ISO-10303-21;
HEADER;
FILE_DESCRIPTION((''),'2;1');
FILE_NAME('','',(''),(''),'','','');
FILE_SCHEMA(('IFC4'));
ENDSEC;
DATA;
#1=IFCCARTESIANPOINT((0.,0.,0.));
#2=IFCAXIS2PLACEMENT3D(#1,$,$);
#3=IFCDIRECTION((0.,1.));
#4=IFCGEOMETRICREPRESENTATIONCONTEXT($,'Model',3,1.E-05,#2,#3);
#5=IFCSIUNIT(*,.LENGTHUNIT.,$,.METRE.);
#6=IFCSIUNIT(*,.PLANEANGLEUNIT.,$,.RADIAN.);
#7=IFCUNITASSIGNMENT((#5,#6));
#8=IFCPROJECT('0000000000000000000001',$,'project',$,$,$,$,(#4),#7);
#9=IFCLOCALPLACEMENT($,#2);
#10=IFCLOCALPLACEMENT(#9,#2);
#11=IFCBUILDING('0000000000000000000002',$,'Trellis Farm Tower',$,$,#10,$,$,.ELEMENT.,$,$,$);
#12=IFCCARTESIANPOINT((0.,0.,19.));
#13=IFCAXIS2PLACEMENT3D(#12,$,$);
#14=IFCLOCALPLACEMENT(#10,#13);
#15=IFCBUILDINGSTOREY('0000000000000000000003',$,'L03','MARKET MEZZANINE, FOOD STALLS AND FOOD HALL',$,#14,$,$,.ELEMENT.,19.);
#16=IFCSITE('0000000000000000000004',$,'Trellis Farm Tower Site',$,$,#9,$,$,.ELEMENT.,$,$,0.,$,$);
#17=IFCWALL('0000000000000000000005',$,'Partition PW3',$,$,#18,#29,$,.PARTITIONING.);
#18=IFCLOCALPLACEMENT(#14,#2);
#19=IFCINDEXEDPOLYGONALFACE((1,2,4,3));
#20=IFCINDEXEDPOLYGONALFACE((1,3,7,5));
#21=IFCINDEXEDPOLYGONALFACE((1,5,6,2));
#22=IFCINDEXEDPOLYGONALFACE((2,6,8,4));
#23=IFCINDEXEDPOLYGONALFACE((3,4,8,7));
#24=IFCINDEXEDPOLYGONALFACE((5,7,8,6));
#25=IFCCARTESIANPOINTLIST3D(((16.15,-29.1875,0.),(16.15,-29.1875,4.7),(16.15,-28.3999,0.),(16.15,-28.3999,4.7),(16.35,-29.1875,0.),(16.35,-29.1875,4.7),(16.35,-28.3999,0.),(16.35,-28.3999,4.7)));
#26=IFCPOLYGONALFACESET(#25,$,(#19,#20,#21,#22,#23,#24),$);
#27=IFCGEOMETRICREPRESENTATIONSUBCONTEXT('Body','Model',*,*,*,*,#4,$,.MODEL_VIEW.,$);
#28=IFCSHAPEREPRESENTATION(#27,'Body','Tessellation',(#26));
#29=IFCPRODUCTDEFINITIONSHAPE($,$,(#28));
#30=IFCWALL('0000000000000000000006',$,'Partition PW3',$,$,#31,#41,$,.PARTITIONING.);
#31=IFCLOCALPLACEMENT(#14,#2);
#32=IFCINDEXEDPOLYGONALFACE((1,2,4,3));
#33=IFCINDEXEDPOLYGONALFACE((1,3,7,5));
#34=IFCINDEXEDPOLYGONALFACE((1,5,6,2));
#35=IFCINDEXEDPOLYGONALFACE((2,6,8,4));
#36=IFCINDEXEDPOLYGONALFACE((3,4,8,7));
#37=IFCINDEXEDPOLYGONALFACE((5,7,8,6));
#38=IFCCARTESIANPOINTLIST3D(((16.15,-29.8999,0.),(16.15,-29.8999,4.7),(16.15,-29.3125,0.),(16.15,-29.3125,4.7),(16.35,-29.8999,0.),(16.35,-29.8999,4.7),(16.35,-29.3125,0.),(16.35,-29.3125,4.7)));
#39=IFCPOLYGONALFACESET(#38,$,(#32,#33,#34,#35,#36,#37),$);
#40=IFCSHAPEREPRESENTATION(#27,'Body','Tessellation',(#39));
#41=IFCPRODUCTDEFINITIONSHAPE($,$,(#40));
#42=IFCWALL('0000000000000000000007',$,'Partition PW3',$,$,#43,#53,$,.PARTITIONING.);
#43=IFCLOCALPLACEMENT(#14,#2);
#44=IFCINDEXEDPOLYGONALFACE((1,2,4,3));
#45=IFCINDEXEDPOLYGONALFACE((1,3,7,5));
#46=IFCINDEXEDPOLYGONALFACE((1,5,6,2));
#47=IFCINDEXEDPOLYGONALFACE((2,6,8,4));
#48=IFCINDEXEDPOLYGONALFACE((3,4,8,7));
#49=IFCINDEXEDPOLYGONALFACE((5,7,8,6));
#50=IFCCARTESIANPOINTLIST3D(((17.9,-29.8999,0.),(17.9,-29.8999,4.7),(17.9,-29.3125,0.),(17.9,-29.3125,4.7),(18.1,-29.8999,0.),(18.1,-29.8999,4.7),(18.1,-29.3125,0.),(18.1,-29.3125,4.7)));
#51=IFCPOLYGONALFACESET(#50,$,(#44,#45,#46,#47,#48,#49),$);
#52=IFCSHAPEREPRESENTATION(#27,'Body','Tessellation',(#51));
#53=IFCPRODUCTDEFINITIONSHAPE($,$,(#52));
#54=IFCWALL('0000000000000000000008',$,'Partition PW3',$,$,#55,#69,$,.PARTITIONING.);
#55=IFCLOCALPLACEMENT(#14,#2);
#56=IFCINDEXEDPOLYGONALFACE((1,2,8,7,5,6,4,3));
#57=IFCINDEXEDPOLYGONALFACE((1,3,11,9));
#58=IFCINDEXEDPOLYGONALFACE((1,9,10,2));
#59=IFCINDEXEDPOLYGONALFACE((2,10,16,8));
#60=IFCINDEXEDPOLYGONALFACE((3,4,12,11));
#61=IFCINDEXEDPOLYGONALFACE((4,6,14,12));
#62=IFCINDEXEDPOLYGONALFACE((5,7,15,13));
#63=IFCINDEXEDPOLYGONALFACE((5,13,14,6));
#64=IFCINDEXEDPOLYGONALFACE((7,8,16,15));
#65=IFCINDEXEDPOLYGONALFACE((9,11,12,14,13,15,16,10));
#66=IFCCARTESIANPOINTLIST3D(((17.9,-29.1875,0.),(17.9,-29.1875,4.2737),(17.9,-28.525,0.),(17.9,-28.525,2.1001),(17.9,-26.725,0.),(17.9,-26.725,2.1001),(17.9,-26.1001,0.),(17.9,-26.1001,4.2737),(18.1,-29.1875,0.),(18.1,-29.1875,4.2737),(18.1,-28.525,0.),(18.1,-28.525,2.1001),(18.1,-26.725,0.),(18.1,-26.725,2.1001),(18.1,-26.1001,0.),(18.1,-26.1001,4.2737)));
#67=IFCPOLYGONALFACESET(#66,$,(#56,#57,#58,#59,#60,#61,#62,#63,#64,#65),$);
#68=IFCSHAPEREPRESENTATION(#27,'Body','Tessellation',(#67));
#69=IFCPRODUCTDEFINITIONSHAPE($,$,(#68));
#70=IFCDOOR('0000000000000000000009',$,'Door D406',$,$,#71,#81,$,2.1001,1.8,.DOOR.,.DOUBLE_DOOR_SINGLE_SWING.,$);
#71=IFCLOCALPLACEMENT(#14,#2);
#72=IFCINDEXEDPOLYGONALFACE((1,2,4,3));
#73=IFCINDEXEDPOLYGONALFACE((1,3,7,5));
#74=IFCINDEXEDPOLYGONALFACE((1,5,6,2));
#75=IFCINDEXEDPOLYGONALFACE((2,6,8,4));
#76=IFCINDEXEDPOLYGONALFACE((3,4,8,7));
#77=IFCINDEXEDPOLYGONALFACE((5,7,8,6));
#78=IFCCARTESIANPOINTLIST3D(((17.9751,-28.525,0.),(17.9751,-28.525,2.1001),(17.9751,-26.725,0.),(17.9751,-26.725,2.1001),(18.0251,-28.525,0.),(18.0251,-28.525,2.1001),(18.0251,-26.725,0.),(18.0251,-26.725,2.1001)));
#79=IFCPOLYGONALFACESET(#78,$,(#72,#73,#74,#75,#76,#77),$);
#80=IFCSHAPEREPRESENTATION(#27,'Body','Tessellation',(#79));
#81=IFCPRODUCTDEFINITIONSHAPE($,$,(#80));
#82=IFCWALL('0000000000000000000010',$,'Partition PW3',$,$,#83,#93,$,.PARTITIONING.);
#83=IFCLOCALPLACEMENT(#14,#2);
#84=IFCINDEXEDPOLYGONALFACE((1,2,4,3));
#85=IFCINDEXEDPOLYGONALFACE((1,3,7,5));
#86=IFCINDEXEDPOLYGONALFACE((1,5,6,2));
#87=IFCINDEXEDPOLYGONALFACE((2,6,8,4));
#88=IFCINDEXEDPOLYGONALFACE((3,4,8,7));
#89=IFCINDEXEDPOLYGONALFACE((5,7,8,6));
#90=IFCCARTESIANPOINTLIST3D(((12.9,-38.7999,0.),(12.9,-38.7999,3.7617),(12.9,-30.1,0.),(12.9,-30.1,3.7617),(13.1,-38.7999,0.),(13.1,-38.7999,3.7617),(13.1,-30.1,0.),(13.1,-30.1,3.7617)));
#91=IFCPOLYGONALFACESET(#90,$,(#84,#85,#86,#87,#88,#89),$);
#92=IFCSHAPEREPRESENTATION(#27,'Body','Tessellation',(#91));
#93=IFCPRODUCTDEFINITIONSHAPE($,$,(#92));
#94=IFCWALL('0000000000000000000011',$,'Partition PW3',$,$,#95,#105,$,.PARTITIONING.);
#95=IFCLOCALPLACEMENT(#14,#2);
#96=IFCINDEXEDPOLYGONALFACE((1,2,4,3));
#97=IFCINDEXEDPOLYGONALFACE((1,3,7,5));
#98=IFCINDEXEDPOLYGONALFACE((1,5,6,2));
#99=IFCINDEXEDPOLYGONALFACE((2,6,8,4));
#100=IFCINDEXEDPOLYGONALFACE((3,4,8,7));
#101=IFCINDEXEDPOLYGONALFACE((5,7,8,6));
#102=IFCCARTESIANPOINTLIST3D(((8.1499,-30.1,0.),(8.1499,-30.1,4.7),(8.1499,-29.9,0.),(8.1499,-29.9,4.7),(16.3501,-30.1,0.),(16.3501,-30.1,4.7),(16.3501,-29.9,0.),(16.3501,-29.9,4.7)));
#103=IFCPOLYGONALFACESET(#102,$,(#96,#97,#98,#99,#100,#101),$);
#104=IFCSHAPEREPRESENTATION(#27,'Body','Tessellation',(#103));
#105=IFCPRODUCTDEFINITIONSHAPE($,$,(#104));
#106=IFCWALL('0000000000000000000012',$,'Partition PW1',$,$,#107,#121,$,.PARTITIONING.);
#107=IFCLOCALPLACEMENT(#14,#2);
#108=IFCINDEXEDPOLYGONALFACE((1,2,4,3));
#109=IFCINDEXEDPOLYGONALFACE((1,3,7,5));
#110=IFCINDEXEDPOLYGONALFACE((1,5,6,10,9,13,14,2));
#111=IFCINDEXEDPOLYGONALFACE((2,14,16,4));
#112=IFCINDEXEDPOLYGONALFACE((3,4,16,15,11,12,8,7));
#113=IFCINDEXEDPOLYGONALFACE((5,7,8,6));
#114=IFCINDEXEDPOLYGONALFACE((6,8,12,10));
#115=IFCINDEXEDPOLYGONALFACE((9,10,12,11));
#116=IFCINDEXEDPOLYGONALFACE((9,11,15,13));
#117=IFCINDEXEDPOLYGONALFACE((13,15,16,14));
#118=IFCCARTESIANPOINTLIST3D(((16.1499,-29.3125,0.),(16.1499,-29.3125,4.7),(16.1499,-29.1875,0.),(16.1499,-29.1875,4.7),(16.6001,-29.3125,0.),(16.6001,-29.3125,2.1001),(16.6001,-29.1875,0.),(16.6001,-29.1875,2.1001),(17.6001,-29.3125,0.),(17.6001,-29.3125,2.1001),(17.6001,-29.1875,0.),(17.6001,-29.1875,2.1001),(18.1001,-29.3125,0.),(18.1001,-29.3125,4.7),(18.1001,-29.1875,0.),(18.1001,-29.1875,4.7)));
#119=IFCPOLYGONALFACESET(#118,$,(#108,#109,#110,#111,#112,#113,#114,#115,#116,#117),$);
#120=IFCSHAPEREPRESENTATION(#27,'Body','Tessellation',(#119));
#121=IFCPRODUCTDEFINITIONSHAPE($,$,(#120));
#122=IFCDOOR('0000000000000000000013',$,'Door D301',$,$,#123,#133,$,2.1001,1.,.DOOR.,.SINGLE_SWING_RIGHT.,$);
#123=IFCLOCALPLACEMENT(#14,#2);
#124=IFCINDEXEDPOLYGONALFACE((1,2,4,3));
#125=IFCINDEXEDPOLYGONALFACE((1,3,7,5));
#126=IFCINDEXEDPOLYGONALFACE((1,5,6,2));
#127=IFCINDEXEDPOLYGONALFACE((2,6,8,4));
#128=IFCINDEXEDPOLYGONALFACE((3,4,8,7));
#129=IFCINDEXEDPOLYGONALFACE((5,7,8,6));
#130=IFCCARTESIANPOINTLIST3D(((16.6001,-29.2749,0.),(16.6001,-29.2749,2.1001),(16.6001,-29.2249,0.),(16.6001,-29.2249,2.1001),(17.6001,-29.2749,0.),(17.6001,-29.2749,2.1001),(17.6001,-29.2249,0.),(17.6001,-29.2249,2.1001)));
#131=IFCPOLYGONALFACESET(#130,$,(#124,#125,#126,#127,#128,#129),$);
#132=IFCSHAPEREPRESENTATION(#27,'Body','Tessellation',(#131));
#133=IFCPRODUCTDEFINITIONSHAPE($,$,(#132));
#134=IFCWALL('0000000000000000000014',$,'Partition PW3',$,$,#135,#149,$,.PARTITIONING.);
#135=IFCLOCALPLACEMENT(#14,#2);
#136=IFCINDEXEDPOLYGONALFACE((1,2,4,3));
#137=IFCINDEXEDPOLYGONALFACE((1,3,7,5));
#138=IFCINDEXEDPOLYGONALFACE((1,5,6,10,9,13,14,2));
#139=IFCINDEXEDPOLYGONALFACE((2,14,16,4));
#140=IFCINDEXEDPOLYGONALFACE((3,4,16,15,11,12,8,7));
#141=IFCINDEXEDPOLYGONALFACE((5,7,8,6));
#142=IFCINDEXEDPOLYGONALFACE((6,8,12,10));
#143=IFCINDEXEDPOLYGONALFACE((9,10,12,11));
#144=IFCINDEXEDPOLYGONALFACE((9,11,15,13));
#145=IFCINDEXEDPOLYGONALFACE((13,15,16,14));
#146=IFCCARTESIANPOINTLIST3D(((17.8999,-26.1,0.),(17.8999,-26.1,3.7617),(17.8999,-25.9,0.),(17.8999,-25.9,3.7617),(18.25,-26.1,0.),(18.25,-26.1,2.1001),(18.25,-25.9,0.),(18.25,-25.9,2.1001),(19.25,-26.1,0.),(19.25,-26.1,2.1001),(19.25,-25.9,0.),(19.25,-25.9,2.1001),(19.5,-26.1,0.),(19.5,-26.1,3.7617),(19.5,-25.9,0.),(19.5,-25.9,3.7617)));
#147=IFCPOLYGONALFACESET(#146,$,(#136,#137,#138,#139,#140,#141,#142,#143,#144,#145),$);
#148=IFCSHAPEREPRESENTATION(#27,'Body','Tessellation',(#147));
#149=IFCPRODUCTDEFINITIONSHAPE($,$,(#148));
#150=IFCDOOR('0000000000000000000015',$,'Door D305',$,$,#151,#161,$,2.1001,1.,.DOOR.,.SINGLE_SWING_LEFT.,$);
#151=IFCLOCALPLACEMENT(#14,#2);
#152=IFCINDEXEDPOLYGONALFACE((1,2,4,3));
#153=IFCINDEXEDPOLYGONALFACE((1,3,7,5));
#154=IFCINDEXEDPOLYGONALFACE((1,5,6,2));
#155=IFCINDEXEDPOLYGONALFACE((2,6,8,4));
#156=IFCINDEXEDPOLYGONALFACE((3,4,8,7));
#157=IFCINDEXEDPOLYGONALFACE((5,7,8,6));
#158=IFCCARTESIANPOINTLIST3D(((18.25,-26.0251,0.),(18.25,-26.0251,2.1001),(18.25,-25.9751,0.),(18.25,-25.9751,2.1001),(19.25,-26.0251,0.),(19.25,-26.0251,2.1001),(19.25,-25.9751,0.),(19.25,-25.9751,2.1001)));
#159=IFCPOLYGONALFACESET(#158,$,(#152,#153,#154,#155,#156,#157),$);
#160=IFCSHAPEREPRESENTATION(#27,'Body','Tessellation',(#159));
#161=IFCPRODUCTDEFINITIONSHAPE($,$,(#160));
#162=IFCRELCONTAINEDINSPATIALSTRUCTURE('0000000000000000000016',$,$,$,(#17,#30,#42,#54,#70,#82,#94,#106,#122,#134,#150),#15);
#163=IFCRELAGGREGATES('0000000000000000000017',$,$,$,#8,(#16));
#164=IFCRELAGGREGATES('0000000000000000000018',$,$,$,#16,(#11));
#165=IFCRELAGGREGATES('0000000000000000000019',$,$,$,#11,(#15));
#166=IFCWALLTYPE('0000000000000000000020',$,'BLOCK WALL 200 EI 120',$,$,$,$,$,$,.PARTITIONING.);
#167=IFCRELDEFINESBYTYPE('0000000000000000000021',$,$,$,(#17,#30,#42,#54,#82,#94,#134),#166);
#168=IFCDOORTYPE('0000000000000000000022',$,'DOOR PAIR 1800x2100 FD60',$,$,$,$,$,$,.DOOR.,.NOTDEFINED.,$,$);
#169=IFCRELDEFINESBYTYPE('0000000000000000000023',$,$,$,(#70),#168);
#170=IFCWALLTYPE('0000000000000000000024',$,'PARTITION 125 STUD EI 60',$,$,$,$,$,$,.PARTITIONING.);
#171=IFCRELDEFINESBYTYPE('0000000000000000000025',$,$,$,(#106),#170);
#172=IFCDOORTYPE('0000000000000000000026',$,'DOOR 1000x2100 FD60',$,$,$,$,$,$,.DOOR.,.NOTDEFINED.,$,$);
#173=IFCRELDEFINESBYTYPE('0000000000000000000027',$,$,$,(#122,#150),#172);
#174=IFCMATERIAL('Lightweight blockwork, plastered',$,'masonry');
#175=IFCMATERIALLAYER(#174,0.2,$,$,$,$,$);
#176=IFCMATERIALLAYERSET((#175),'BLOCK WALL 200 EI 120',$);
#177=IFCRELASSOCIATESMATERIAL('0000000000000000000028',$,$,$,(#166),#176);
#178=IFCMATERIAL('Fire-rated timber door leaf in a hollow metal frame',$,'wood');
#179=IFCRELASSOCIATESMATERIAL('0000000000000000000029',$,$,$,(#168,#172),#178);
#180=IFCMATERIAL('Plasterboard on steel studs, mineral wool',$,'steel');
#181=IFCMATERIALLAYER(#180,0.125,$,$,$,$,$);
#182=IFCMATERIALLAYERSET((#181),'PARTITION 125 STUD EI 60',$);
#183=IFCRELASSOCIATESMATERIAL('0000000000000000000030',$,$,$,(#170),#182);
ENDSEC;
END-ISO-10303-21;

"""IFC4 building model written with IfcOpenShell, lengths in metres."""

from ifc_helpers import new_model, si_unit, direction, frame, frame_2d, origin, place, context, subcontext, project, spatial, rectangle, extrude, source, transform, mapped, material, layer, layer_set, type_object, element, fill, save


model = new_model("IFC4")

# Units and contexts
model_context = context("Model", 3, precision=1e-05, world=origin(), true_north=direction((0.0, 1.0)))
body_context = subcontext(model_context, "Body", "Model", "MODEL_VIEW")
ifc_project = project(units=[si_unit("LENGTHUNIT", "METRE"), si_unit("PLANEANGLEUNIT", "RADIAN")], contexts=[model_context])

# Site, building, storey
site_placement = place(None, origin())
site = spatial("IfcSite", under=ifc_project, at=site_placement, Name="Trellis Farm Tower Site", CompositionType="ELEMENT", RefElevation=0.0)
building_placement = place(site_placement, origin())
building = spatial("IfcBuilding", under=site, at=building_placement, Name="Trellis Farm Tower", CompositionType="ELEMENT")
storey_placement = place(building_placement, frame((0.0, 0.0, 19.0)))
storey = spatial("IfcBuildingStorey", under=building, at=storey_placement, Name="L03", Description="MARKET MEZZANINE, FOOD STALLS AND FOOD HALL", CompositionType="ELEMENT", Elevation=19.0)

# Walls
ifc_material_1 = material(Name="Lightweight blockwork, plastered", Category="masonry")
ifc_layer_1 = layer(ifc_material_1, 0.2)
ifc_layer_set_1 = layer_set([ifc_layer_1], Name="BLOCK WALL 200 EI 120")
wall_type_1 = type_object("IfcWallType", Name="BLOCK WALL 200 EI 120", PredefinedType="PARTITIONING", material=ifc_layer_set_1)
shared_shape_1 = source(origin(), body_context, "Body", "SweptSolid", [
    extrude(rectangle(XDim=0.7876, YDim=0.2, at=frame_2d((0.3938, 0.0))), origin(), (0.0, 0.0, 1.0), 4.7),
])
wall_1_placement = place(storey_placement, frame((16.25, -29.1875, 0.0), z_axis=(0.0, 0.0, 1.0), x_axis=(0.0, 1.0, 0.0)))
element("IfcWall", 1, at=wall_1_placement, inside=storey, type_object=wall_type_1, Name="Partition PW3", PredefinedType="PARTITIONING", context=body_context, shape_type="MappedRepresentation", body=[
    mapped(shared_shape_1, transform((0.0, 0.0, 0.0))),
])
shared_shape_2 = source(origin(), body_context, "Body", "SweptSolid", [
    extrude(rectangle(XDim=0.5874, YDim=0.2, at=frame_2d((0.2937, 0.0))), origin(), (0.0, 0.0, 1.0), 4.7),
])
for number, where, z_axis, x_axis, name in (
    (2, (16.25, -29.3125, 0.0), (0.0, 0.0, 1.0), (0.0, -1.0, 0.0), "Partition PW3"),
    (3, (18.0, -29.8999, 0.0), (0.0, 0.0, 1.0), (0.0, 1.0, 0.0), "Partition PW3"),
):
    element("IfcWall", number, at=place(storey_placement, frame(where, z_axis=z_axis, x_axis=x_axis)), inside=storey, type_object=wall_type_1, Name=name, PredefinedType="PARTITIONING", context=body_context, shape_type="MappedRepresentation", body=[
        mapped(shared_shape_2, transform((0.0, 0.0, 0.0))),
    ])

# Wall, opening, door
shared_shape_3 = source(origin(), body_context, "Body", "SweptSolid", [
    extrude(rectangle(XDim=3.0874, YDim=0.2, at=frame_2d((1.5437, 0.0))), origin(), (0.0, 0.0, 1.0), 4.2737),
])
wall_2_placement = place(storey_placement, frame((18.0, -29.1875, 0.0), z_axis=(0.0, 0.0, 1.0), x_axis=(0.0, 1.0, 0.0)))
wall_2 = element("IfcWall", 4, at=wall_2_placement, inside=storey, type_object=wall_type_1, Name="Partition PW3", PredefinedType="PARTITIONING", context=body_context, shape_type="MappedRepresentation", body=[
    mapped(shared_shape_3, transform((0.0, 0.0, 0.0))),
])
shared_shape_4 = source(origin(), body_context, "Body", "SweptSolid", [
    extrude(rectangle(XDim=1.8, YDim=2.1001, at=frame_2d((0.8999, 1.05))), frame((0.0, 0.1101, 0.0), z_axis=(0.0, -1.0, 0.0), x_axis=(1.0, 0.0, 0.0)), (0.0, 0.0, 1.0), 0.2202),
])
opening_1_placement = place(wall_2_placement, frame((0.6626, 0.0, 0.0)))
opening_1 = element("IfcOpeningElement", 5, at=opening_1_placement, cuts=wall_2, PredefinedType="OPENING", context=body_context, shape_type="MappedRepresentation", body=[
    mapped(shared_shape_4, transform((0.0, 0.0, 0.0))),
])
ifc_material_2 = material(Name="Fire-rated timber door leaf in a hollow metal frame", Category="wood")
door_type_1 = type_object("IfcDoorType", Name="DOOR PAIR 1800x2100 FD60", OperationType="NOTDEFINED", PredefinedType="DOOR", material=ifc_material_2)
shared_shape_5 = source(origin(), body_context, "Body", "SweptSolid", [
    extrude(rectangle(XDim=1.8, YDim=2.1001, at=frame_2d((0.8999, 1.05))), frame((0.0, 0.0249, 0.0), z_axis=(0.0, -1.0, 0.0), x_axis=(1.0, 0.0, 0.0)), (0.0, 0.0, 1.0), 0.05),
])
door_1_placement = place(opening_1_placement, origin())
door_1 = element("IfcDoor", 6, at=door_1_placement, inside=storey, type_object=door_type_1, Name="Door D406", OperationType="DOUBLE_DOOR_SINGLE_SWING", OverallHeight=2.1001, OverallWidth=1.8, PredefinedType="DOOR", context=body_context, shape_type="MappedRepresentation", body=[
    mapped(shared_shape_5, transform((0.0, 0.0, 0.0))),
])
fill(opening_1, door_1)

# Walls
shared_shape_6 = source(origin(), body_context, "Body", "SweptSolid", [
    extrude(rectangle(XDim=8.7, YDim=0.2, at=frame_2d((4.3501, 0.0))), origin(), (0.0, 0.0, 1.0), 3.7617),
])
wall_3_placement = place(storey_placement, frame((13.0, -38.8, 0.0), z_axis=(0.0, 0.0, 1.0), x_axis=(0.0, 1.0, 0.0)))
element("IfcWall", 7, at=wall_3_placement, inside=storey, type_object=wall_type_1, Name="Partition PW3", PredefinedType="PARTITIONING", context=body_context, shape_type="MappedRepresentation", body=[
    mapped(shared_shape_6, transform((0.0, 0.0, 0.0))),
])
shared_shape_7 = source(origin(), body_context, "Body", "SweptSolid", [
    extrude(rectangle(XDim=8.2002, YDim=0.2, at=frame_2d((4.1001, 0.0))), origin(), (0.0, 0.0, 1.0), 4.7),
])
wall_4_placement = place(storey_placement, frame((16.3501, -30.0, 0.0), z_axis=(0.0, 0.0, 1.0), x_axis=(-1.0, 0.0, 0.0)))
element("IfcWall", 8, at=wall_4_placement, inside=storey, type_object=wall_type_1, Name="Partition PW3", PredefinedType="PARTITIONING", context=body_context, shape_type="MappedRepresentation", body=[
    mapped(shared_shape_7, transform((0.0, 0.0, 0.0))),
])

# Walls, openings, doors
ifc_material_3 = material(Name="Plasterboard on steel studs, mineral wool", Category="steel")
ifc_layer_2 = layer(ifc_material_3, 0.125)
ifc_layer_set_2 = layer_set([ifc_layer_2], Name="PARTITION 125 STUD EI 60")
wall_type_2 = type_object("IfcWallType", Name="PARTITION 125 STUD EI 60", PredefinedType="PARTITIONING", material=ifc_layer_set_2)
shared_shape_8 = source(origin(), body_context, "Body", "SweptSolid", [
    extrude(rectangle(XDim=1.9502, YDim=0.125, at=frame_2d((0.9751, 0.0))), origin(), (0.0, 0.0, 1.0), 4.7),
])
wall_5_placement = place(storey_placement, frame((18.1001, -29.25, 0.0), z_axis=(0.0, 0.0, 1.0), x_axis=(-1.0, 0.0, 0.0)))
wall_5 = element("IfcWall", 9, at=wall_5_placement, inside=storey, type_object=wall_type_2, Name="Partition PW1", PredefinedType="PARTITIONING", context=body_context, shape_type="MappedRepresentation", body=[
    mapped(shared_shape_8, transform((0.0, 0.0, 0.0))),
])
shared_shape_9 = source(origin(), body_context, "Body", "SweptSolid", [
    extrude(rectangle(XDim=1.0, YDim=2.1001, at=frame_2d((0.5, 1.05))), frame((0.0, 0.0725, 0.0), z_axis=(0.0, -1.0, 0.0), x_axis=(1.0, 0.0, 0.0)), (0.0, 0.0, 1.0), 0.145),
])
opening_2_placement = place(wall_5_placement, frame((0.5, 0.0, 0.0)))
opening_2 = element("IfcOpeningElement", 10, at=opening_2_placement, cuts=wall_5, PredefinedType="OPENING", context=body_context, shape_type="MappedRepresentation", body=[
    mapped(shared_shape_9, transform((0.0, 0.0, 0.0))),
])
door_type_2 = type_object("IfcDoorType", Name="DOOR 1000x2100 FD60", OperationType="NOTDEFINED", PredefinedType="DOOR", material=ifc_material_2)
shared_shape_10 = source(origin(), body_context, "Body", "SweptSolid", [
    extrude(rectangle(XDim=1.0, YDim=2.1001, at=frame_2d((0.5, 1.05))), frame((0.0, 0.0249, 0.0), z_axis=(0.0, -1.0, 0.0), x_axis=(1.0, 0.0, 0.0)), (0.0, 0.0, 1.0), 0.05),
])
door_2_placement = place(opening_2_placement, origin())
door_2 = element("IfcDoor", 11, at=door_2_placement, inside=storey, type_object=door_type_2, Name="Door D301", OperationType="SINGLE_SWING_RIGHT", OverallHeight=2.1001, OverallWidth=1.0, PredefinedType="DOOR", context=body_context, shape_type="MappedRepresentation", body=[
    mapped(shared_shape_10, transform((0.0, 0.0, 0.0))),
])
fill(opening_2, door_2)
shared_shape_11 = source(origin(), body_context, "Body", "SweptSolid", [
    extrude(rectangle(XDim=1.6001, YDim=0.2, at=frame_2d((0.8, 0.0))), origin(), (0.0, 0.0, 1.0), 3.7617),
])
wall_6_placement = place(storey_placement, frame((17.8999, -26.0, 0.0), z_axis=(0.0, 0.0, 1.0), x_axis=(1.0, 0.0, 0.0)))
wall_6 = element("IfcWall", 12, at=wall_6_placement, inside=storey, type_object=wall_type_1, Name="Partition PW3", PredefinedType="PARTITIONING", context=body_context, shape_type="MappedRepresentation", body=[
    mapped(shared_shape_11, transform((0.0, 0.0, 0.0))),
])
shared_shape_12 = source(origin(), body_context, "Body", "SweptSolid", [
    extrude(rectangle(XDim=1.0, YDim=2.1001, at=frame_2d((0.5, 1.05))), frame((0.0, 0.1101, 0.0), z_axis=(0.0, -1.0, 0.0), x_axis=(1.0, 0.0, 0.0)), (0.0, 0.0, 1.0), 0.2202),
])
opening_3_placement = place(wall_6_placement, frame((0.3501, 0.0, 0.0)))
opening_3 = element("IfcOpeningElement", 13, at=opening_3_placement, cuts=wall_6, PredefinedType="OPENING", context=body_context, shape_type="MappedRepresentation", body=[
    mapped(shared_shape_12, transform((0.0, 0.0, 0.0))),
])
door_3_placement = place(opening_3_placement, origin())
door_3 = element("IfcDoor", 14, at=door_3_placement, inside=storey, type_object=door_type_2, Name="Door D305", OperationType="SINGLE_SWING_LEFT", OverallHeight=2.1001, OverallWidth=1.0, PredefinedType="DOOR", context=body_context, shape_type="MappedRepresentation", body=[
    mapped(shared_shape_10, transform((0.0, 0.0, 0.0))),
])
fill(opening_3, door_3)

save(model, "model.ifc")
